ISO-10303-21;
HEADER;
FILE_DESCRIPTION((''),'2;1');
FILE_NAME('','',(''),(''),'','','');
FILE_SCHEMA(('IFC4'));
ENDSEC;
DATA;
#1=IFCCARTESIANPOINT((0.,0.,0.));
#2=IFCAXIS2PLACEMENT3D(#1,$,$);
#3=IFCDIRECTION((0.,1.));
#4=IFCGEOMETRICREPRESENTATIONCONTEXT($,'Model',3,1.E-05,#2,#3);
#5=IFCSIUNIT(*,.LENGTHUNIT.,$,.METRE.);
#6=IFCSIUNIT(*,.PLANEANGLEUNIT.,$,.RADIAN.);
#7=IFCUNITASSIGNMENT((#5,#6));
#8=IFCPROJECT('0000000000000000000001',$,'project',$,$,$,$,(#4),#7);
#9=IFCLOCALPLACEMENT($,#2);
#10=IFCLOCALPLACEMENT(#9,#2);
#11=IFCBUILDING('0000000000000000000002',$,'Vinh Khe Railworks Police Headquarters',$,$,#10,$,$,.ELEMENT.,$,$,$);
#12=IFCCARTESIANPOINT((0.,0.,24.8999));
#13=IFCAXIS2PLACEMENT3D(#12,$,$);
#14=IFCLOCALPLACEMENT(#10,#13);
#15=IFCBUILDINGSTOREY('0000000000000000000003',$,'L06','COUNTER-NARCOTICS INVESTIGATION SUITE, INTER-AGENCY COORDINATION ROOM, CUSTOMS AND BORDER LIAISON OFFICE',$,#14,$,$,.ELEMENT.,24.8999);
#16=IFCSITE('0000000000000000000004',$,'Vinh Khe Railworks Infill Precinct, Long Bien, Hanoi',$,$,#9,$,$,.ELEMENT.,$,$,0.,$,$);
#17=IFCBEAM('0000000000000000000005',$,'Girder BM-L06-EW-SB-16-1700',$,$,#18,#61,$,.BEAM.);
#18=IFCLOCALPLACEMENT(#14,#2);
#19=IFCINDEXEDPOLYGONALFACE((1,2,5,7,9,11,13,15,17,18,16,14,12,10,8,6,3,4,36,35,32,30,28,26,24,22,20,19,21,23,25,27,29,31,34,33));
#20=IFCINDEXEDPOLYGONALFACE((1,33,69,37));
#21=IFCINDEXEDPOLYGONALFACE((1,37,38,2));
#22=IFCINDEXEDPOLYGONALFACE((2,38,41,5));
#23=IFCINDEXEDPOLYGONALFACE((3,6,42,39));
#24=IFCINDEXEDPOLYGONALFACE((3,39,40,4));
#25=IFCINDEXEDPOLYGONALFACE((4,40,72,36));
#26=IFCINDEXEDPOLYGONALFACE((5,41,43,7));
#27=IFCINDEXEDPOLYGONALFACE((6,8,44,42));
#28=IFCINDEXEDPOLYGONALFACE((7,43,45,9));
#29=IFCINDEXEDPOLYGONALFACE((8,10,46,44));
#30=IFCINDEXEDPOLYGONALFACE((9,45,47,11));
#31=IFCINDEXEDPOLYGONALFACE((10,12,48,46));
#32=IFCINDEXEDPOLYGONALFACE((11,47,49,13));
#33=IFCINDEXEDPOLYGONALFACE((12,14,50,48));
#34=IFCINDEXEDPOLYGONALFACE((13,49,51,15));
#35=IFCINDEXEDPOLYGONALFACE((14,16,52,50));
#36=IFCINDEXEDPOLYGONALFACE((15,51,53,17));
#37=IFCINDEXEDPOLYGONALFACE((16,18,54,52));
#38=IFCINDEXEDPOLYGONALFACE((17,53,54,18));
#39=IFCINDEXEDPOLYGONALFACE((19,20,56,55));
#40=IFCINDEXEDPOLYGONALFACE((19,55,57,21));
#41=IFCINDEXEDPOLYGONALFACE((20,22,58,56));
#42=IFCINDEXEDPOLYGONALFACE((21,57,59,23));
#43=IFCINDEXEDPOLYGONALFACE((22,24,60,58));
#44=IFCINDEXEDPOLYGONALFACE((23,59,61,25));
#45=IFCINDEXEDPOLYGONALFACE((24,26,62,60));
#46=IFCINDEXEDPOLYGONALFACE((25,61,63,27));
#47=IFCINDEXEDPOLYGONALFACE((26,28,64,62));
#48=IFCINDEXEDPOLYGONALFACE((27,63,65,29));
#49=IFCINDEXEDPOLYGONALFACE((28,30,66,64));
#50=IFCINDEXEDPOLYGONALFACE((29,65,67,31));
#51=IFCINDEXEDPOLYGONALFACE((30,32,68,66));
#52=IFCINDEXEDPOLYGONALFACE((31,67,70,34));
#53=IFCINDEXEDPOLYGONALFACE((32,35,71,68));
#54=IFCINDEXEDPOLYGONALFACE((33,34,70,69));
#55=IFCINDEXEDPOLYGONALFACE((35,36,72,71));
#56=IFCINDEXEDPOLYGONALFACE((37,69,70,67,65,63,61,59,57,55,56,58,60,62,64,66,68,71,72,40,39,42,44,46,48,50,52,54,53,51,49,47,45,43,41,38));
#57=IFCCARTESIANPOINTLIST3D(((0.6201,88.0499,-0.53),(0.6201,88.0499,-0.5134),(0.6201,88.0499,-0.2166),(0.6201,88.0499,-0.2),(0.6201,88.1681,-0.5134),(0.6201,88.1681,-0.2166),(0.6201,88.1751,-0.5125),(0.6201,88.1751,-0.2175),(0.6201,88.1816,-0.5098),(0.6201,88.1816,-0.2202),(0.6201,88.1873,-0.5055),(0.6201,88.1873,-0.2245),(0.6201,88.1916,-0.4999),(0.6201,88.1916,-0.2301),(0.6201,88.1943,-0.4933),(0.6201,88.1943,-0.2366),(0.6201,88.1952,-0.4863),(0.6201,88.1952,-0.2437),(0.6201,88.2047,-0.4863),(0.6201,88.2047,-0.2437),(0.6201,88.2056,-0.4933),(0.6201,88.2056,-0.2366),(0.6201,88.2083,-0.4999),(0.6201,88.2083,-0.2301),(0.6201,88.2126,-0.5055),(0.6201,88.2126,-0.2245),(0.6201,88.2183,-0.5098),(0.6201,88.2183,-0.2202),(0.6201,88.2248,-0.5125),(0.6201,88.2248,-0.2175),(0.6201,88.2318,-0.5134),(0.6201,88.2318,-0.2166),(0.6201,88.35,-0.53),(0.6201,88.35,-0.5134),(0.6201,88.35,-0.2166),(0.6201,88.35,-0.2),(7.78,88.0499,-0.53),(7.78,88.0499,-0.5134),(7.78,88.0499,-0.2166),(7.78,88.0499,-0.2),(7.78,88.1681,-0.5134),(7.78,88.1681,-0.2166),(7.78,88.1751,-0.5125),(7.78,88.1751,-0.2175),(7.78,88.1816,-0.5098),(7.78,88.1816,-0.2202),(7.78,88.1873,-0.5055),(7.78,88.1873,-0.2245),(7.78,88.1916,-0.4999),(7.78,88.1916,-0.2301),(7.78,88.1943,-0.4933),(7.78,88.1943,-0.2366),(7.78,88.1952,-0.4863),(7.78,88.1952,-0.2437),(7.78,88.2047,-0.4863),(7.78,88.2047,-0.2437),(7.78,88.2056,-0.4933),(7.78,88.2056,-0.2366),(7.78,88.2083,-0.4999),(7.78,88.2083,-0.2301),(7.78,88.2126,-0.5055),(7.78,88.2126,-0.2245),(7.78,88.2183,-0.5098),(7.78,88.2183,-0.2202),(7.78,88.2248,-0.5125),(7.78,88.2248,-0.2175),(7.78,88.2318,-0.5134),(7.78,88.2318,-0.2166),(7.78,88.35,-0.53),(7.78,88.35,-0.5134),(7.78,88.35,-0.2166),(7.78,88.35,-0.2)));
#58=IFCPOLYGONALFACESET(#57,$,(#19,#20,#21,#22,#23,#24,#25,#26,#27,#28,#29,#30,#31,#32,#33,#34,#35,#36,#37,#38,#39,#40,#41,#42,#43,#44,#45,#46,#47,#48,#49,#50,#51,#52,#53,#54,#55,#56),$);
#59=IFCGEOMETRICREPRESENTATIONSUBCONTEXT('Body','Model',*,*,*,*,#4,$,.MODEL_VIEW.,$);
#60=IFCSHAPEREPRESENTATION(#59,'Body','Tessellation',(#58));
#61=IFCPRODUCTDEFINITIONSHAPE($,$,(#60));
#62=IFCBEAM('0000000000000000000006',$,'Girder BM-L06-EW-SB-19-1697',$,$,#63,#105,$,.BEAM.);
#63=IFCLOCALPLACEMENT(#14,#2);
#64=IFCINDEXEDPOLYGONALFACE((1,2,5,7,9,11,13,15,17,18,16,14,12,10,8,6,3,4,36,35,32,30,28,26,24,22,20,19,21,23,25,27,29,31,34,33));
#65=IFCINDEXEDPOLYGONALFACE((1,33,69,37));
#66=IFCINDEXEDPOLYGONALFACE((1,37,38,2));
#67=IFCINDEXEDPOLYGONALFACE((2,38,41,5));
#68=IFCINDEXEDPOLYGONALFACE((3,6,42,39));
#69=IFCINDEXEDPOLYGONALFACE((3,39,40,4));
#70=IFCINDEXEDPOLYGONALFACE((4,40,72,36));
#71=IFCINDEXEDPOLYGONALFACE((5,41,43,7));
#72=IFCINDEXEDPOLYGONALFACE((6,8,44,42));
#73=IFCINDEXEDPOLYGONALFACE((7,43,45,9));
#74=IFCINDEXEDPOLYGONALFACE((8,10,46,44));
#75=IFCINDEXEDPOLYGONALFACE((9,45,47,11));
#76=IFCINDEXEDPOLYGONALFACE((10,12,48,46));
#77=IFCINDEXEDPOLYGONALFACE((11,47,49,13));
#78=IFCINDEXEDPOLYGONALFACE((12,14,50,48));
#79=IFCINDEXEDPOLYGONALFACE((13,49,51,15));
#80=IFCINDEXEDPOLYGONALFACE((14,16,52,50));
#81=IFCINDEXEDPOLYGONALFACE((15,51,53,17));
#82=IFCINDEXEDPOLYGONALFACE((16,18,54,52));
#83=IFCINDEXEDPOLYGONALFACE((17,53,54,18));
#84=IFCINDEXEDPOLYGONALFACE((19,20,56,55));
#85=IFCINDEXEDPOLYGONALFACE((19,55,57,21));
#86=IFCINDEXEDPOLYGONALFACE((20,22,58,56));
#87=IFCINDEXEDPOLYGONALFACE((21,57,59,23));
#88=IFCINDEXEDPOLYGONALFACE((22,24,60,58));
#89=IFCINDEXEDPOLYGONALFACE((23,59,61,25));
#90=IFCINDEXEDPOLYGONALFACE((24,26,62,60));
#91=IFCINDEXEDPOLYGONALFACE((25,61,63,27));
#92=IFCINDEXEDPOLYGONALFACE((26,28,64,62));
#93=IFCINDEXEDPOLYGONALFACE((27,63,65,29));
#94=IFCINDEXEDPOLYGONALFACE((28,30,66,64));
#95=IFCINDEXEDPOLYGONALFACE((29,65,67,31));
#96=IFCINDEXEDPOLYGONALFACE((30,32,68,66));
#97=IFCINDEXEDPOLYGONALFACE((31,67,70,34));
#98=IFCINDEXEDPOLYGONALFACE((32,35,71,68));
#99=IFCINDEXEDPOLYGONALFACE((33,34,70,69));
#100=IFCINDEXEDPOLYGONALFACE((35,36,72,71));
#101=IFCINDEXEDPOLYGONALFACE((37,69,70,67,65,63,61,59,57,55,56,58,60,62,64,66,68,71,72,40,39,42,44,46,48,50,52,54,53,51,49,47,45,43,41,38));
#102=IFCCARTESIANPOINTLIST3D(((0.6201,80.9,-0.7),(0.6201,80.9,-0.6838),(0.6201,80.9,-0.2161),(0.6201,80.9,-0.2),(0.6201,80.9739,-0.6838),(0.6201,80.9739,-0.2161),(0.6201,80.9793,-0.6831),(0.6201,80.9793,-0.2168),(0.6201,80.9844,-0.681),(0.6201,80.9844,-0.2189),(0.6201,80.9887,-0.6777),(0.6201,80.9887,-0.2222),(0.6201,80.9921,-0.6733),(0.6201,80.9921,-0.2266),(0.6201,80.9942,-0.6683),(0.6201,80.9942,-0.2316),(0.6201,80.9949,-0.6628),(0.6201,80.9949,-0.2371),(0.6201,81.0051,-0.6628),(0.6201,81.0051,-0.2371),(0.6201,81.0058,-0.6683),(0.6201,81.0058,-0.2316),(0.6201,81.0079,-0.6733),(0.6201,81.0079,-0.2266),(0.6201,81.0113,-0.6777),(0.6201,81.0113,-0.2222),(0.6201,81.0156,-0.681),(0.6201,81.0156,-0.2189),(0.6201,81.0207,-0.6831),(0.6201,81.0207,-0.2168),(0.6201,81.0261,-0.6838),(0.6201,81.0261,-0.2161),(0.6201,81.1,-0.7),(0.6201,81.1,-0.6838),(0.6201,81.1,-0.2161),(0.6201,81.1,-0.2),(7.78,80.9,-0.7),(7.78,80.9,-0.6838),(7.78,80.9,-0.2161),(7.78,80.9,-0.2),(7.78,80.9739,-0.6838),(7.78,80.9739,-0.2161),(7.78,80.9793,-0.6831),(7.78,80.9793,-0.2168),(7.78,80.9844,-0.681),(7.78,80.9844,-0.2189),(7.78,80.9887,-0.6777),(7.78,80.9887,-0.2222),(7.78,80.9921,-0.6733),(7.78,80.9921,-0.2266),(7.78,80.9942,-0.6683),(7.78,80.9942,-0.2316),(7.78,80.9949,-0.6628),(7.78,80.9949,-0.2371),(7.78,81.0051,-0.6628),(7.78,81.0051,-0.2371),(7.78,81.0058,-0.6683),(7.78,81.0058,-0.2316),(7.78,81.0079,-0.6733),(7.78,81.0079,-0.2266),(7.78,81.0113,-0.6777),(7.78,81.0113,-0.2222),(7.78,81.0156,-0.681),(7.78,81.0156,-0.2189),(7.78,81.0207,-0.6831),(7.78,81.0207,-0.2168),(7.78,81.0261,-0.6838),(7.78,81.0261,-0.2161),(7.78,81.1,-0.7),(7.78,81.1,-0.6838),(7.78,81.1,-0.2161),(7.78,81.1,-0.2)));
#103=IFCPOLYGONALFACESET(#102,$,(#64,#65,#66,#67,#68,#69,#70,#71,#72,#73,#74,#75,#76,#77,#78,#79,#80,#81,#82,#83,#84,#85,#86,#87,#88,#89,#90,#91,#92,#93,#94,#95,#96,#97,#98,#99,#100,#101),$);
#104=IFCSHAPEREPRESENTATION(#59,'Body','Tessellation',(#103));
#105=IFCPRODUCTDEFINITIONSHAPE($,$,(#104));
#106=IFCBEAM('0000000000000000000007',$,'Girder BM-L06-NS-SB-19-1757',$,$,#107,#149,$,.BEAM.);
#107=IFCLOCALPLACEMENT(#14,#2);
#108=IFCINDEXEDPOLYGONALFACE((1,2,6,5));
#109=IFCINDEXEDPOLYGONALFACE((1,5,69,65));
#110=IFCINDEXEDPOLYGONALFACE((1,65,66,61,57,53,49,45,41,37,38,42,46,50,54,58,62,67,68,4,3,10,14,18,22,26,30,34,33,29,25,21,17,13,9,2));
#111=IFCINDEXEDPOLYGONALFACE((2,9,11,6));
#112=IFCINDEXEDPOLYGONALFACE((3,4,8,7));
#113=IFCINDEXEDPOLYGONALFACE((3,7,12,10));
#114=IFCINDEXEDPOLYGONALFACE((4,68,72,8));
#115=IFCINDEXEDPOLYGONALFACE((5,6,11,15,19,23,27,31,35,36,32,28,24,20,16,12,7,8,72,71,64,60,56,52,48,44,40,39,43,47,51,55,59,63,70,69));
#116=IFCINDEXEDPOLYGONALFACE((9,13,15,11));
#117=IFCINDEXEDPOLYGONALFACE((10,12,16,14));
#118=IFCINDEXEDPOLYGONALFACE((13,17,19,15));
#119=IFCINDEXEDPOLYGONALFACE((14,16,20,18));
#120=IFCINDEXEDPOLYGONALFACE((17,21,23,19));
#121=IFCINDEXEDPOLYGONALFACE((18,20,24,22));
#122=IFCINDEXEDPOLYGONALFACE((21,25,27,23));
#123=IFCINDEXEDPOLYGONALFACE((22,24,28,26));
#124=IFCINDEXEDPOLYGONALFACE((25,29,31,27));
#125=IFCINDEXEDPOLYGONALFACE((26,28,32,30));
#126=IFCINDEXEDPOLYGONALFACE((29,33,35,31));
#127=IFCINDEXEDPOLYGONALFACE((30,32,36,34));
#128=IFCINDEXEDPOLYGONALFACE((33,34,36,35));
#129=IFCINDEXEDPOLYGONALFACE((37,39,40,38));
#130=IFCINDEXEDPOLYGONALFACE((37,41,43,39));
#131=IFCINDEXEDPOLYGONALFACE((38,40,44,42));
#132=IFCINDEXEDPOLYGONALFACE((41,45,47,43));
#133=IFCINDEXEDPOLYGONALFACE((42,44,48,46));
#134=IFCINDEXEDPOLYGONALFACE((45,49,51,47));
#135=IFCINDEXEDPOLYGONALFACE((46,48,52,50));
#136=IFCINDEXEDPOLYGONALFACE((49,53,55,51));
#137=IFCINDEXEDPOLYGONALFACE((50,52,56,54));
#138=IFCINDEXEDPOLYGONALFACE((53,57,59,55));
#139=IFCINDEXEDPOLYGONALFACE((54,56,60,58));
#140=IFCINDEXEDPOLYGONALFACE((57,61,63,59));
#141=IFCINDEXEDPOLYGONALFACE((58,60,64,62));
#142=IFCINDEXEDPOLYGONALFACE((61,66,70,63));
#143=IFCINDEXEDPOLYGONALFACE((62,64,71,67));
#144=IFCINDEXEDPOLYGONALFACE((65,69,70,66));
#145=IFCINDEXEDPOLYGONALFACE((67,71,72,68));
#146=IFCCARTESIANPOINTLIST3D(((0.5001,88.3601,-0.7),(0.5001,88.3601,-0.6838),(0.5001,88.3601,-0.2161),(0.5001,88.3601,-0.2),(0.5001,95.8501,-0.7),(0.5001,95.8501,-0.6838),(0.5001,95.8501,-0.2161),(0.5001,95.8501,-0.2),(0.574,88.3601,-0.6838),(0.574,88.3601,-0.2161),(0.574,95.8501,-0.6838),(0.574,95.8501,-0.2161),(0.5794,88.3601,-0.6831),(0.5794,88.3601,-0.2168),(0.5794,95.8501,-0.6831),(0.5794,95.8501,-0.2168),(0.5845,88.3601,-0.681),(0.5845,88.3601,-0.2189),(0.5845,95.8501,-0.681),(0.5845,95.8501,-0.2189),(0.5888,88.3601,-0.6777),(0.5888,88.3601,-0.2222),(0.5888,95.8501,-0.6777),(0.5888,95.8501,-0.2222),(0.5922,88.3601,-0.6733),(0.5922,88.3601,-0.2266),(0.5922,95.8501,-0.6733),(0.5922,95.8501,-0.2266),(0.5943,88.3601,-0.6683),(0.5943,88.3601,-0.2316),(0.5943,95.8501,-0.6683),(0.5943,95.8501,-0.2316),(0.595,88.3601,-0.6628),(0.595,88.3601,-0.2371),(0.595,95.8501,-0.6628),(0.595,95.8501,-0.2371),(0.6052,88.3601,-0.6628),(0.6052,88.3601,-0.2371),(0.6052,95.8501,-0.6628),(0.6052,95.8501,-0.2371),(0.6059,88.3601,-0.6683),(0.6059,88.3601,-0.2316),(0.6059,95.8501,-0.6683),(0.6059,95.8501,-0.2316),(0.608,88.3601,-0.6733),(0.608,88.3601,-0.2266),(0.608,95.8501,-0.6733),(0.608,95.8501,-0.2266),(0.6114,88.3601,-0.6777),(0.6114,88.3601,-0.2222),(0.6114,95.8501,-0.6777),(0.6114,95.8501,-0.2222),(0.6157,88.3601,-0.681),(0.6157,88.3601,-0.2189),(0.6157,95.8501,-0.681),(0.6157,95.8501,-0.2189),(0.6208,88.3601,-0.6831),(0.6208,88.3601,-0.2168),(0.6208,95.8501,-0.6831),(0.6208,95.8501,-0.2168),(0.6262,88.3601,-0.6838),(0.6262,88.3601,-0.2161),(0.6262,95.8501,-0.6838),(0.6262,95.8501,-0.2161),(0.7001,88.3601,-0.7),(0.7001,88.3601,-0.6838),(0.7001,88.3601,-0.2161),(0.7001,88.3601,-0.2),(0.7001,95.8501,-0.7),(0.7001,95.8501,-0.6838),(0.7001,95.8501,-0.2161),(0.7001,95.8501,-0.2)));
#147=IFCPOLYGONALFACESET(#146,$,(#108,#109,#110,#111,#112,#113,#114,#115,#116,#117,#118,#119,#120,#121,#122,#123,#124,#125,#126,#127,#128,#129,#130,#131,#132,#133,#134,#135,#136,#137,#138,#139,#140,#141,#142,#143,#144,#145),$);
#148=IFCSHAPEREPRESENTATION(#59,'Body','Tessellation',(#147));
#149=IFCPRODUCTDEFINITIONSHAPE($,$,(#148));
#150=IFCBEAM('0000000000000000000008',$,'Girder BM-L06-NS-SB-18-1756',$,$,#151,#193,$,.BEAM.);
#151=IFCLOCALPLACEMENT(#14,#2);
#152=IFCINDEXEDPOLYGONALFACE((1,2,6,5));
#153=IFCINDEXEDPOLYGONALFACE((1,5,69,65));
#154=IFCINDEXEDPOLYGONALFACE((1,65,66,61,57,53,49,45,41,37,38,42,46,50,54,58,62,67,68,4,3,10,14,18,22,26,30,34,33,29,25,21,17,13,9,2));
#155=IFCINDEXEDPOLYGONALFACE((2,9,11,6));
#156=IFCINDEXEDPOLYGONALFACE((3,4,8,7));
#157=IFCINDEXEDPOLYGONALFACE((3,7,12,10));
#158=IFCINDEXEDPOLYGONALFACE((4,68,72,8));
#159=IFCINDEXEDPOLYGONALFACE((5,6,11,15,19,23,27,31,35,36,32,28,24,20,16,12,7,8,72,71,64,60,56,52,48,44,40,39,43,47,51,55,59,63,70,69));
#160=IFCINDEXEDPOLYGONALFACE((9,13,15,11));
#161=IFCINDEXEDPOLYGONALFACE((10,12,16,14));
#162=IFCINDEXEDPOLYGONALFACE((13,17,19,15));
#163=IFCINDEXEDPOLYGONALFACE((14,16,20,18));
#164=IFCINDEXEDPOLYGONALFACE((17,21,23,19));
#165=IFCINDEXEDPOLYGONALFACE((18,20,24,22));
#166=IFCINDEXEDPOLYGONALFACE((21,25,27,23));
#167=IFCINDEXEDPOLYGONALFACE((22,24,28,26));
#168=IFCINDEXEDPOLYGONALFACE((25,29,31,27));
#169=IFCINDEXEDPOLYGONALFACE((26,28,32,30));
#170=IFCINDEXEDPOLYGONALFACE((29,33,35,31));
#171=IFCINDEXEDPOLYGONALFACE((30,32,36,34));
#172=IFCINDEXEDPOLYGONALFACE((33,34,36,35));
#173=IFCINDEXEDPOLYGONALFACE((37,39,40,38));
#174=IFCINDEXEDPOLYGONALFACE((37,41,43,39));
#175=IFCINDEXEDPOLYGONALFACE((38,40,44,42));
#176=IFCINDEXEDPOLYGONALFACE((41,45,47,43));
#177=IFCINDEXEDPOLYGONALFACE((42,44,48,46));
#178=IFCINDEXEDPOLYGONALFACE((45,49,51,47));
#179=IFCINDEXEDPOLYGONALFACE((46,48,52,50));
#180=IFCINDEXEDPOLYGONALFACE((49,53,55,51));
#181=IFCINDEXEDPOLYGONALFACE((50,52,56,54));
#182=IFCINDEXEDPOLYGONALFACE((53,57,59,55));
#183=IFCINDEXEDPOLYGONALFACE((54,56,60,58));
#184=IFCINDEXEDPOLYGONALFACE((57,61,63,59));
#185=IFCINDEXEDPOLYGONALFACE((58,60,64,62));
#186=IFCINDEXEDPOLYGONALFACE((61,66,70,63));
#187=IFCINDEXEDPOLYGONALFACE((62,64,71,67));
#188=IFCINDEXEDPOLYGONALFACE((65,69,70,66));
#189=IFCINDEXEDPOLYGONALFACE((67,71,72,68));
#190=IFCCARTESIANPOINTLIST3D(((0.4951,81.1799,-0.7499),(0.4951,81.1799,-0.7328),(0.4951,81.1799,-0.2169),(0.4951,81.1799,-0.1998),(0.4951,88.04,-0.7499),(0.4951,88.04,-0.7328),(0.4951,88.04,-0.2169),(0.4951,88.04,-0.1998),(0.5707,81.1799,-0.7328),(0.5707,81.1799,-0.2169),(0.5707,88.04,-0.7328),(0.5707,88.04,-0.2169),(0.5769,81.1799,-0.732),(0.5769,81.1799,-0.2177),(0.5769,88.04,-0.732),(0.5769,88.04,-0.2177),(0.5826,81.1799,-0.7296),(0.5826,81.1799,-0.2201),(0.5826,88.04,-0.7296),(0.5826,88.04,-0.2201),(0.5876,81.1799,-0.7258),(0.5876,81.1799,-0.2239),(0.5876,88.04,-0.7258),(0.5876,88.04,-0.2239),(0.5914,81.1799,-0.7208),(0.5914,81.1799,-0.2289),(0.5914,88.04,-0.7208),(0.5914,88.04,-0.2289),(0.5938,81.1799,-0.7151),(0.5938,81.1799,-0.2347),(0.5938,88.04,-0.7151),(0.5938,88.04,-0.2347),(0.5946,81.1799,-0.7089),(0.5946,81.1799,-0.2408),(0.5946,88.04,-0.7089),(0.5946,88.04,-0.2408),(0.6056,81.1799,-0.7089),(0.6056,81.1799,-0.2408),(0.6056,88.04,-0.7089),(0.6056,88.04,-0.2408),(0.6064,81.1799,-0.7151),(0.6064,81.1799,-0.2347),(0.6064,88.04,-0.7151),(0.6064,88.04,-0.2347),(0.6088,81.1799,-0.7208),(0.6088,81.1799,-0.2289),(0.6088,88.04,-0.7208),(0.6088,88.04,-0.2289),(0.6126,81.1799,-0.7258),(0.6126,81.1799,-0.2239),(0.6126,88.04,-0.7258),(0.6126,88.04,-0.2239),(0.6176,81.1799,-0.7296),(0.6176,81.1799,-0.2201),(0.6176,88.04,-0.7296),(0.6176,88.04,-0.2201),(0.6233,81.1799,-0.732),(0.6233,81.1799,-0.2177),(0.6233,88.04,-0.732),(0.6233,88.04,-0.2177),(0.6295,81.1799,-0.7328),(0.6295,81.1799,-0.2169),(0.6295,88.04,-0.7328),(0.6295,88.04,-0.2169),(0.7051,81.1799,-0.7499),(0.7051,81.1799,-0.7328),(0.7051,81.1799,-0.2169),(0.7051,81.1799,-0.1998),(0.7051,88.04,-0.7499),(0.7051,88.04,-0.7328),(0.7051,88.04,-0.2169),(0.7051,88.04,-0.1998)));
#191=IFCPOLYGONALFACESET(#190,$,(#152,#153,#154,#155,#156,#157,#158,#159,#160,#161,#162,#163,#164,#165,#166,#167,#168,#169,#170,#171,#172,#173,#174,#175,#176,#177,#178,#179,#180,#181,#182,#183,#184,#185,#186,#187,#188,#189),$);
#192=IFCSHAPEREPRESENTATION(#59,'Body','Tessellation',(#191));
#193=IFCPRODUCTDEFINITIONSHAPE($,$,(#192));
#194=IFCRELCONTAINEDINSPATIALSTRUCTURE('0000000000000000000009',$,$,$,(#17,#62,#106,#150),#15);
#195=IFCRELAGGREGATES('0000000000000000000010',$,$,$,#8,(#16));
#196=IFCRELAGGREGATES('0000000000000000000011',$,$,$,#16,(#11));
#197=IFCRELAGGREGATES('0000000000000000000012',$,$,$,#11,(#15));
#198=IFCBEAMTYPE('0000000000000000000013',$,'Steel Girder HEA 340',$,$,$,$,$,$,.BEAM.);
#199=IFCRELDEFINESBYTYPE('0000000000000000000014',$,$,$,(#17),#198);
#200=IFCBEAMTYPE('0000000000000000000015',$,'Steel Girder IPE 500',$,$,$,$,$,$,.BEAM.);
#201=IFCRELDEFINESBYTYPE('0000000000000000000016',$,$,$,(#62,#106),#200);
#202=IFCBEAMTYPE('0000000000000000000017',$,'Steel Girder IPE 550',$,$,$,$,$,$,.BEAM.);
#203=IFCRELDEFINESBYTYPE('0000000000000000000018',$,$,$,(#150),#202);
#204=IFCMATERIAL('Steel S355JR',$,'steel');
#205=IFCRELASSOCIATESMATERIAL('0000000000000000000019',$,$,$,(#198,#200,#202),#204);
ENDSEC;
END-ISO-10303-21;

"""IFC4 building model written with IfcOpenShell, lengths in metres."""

from ifc_helpers import new_model, si_unit, direction, frame, origin, origin_2d, place, context, subcontext, project, spatial, i_section, extrude, material, material_profile, profile_set, type_object, element, save


model = new_model("IFC4")

# Units and contexts
model_context = context("Model", 3, precision=1e-05, world=origin(), true_north=direction((0.0, 1.0)))
body_context = subcontext(model_context, "Body", "Model", "MODEL_VIEW")
ifc_project = project(units=[si_unit("LENGTHUNIT", "METRE"), si_unit("PLANEANGLEUNIT", "RADIAN")], contexts=[model_context])

# Site, building, storey
site_placement = place(None, origin())
site = spatial("IfcSite", under=ifc_project, at=site_placement, Name="Vinh Khe Railworks Infill Precinct, Long Bien, Hanoi", CompositionType="ELEMENT", RefElevation=0.0)
building_placement = place(site_placement, origin())
building = spatial("IfcBuilding", under=site, at=building_placement, Name="Vinh Khe Railworks Police Headquarters", CompositionType="ELEMENT")
storey_placement = place(building_placement, frame((0.0, 0.0, 24.8999)))
storey = spatial("IfcBuildingStorey", under=building, at=storey_placement, Name="L06", Description="COUNTER-NARCOTICS INVESTIGATION SUITE, INTER-AGENCY COORDINATION ROOM, CUSTOMS AND BORDER LIAISON OFFICE", CompositionType="ELEMENT", Elevation=24.8999)

# Shared definitions
ifc_material_1 = material(Name="Steel S355JR", Category="steel")

# Beams
ifc_material_profile_1 = material_profile(ifc_material_1, i_section(OverallWidth=0.3, OverallDepth=0.3301, WebThickness=0.0095, FlangeThickness=0.0166, FilletRadius=0.0271, at=origin_2d()), Name="HEA 340")
ifc_profile_set_1 = profile_set([ifc_material_profile_1], Name="Steel S355JR")
beam_type_1 = type_object("IfcBeamType", Name="Steel Girder HEA 340", PredefinedType="BEAM", material=ifc_profile_set_1)
beam_1_placement = place(storey_placement, frame((0.6201, 88.2, -0.365), z_axis=(1.0, 0.0, 0.0), x_axis=(0.0, 1.0, 0.0)))
element("IfcBeam", 1, at=beam_1_placement, inside=storey, type_object=beam_type_1, Name="Girder BM-L06-EW-SB-16-1700", PredefinedType="BEAM", context=body_context, shape_type="SweptSolid", body=[
    extrude(i_section(OverallWidth=0.3, OverallDepth=0.3301, WebThickness=0.0095, FlangeThickness=0.0166, FilletRadius=0.0271, at=origin_2d()), origin(), (0.0, 0.0, 1.0), 7.1599),
])
ifc_material_profile_2 = material_profile(ifc_material_1, i_section(OverallWidth=0.2, OverallDepth=0.5, WebThickness=0.0103, FlangeThickness=0.0161, FilletRadius=0.021, at=origin_2d()), Name="IPE 500")
ifc_profile_set_2 = profile_set([ifc_material_profile_2], Name="Steel S355JR")
beam_type_2 = type_object("IfcBeamType", Name="Steel Girder IPE 500", PredefinedType="BEAM", material=ifc_profile_set_2)
beam_2_placement = place(storey_placement, frame((0.6201, 81.0, -0.45), z_axis=(1.0, 0.0, 0.0), x_axis=(0.0, 1.0, 0.0)))
element("IfcBeam", 2, at=beam_2_placement, inside=storey, type_object=beam_type_2, Name="Girder BM-L06-EW-SB-19-1697", PredefinedType="BEAM", context=body_context, shape_type="SweptSolid", body=[
    extrude(i_section(OverallWidth=0.2, OverallDepth=0.5, WebThickness=0.0103, FlangeThickness=0.0161, FilletRadius=0.021, at=origin_2d()), origin(), (0.0, 0.0, 1.0), 7.1599),
])
beam_3_placement = place(storey_placement, frame((0.6001, 88.3601, -0.45), z_axis=(0.0, 1.0, 0.0), x_axis=(-1.0, 0.0, 0.0)))
element("IfcBeam", 3, at=beam_3_placement, inside=storey, type_object=beam_type_2, Name="Girder BM-L06-NS-SB-19-1757", PredefinedType="BEAM", context=body_context, shape_type="SweptSolid", body=[
    extrude(i_section(OverallWidth=0.2, OverallDepth=0.5, WebThickness=0.0103, FlangeThickness=0.0161, FilletRadius=0.021, at=origin_2d()), origin(), (0.0, 0.0, 1.0), 7.49),
])
ifc_material_profile_3 = material_profile(ifc_material_1, i_section(OverallWidth=0.21, OverallDepth=0.55, WebThickness=0.011, FlangeThickness=0.0171, FilletRadius=0.0239, at=origin_2d()), Name="IPE 550")
ifc_profile_set_3 = profile_set([ifc_material_profile_3], Name="Steel S355JR")
beam_type_3 = type_object("IfcBeamType", Name="Steel Girder IPE 550", PredefinedType="BEAM", material=ifc_profile_set_3)
beam_4_placement = place(storey_placement, frame((0.6001, 81.1799, -0.4749), z_axis=(0.0, 1.0, 0.0), x_axis=(-1.0, 0.0, 0.0)))
element("IfcBeam", 4, at=beam_4_placement, inside=storey, type_object=beam_type_3, Name="Girder BM-L06-NS-SB-18-1756", PredefinedType="BEAM", context=body_context, shape_type="SweptSolid", body=[
    extrude(i_section(OverallWidth=0.21, OverallDepth=0.55, WebThickness=0.011, FlangeThickness=0.0171, FilletRadius=0.0239, at=origin_2d()), origin(), (0.0, 0.0, 1.0), 6.8601),
])

save(model, "model.ifc")
